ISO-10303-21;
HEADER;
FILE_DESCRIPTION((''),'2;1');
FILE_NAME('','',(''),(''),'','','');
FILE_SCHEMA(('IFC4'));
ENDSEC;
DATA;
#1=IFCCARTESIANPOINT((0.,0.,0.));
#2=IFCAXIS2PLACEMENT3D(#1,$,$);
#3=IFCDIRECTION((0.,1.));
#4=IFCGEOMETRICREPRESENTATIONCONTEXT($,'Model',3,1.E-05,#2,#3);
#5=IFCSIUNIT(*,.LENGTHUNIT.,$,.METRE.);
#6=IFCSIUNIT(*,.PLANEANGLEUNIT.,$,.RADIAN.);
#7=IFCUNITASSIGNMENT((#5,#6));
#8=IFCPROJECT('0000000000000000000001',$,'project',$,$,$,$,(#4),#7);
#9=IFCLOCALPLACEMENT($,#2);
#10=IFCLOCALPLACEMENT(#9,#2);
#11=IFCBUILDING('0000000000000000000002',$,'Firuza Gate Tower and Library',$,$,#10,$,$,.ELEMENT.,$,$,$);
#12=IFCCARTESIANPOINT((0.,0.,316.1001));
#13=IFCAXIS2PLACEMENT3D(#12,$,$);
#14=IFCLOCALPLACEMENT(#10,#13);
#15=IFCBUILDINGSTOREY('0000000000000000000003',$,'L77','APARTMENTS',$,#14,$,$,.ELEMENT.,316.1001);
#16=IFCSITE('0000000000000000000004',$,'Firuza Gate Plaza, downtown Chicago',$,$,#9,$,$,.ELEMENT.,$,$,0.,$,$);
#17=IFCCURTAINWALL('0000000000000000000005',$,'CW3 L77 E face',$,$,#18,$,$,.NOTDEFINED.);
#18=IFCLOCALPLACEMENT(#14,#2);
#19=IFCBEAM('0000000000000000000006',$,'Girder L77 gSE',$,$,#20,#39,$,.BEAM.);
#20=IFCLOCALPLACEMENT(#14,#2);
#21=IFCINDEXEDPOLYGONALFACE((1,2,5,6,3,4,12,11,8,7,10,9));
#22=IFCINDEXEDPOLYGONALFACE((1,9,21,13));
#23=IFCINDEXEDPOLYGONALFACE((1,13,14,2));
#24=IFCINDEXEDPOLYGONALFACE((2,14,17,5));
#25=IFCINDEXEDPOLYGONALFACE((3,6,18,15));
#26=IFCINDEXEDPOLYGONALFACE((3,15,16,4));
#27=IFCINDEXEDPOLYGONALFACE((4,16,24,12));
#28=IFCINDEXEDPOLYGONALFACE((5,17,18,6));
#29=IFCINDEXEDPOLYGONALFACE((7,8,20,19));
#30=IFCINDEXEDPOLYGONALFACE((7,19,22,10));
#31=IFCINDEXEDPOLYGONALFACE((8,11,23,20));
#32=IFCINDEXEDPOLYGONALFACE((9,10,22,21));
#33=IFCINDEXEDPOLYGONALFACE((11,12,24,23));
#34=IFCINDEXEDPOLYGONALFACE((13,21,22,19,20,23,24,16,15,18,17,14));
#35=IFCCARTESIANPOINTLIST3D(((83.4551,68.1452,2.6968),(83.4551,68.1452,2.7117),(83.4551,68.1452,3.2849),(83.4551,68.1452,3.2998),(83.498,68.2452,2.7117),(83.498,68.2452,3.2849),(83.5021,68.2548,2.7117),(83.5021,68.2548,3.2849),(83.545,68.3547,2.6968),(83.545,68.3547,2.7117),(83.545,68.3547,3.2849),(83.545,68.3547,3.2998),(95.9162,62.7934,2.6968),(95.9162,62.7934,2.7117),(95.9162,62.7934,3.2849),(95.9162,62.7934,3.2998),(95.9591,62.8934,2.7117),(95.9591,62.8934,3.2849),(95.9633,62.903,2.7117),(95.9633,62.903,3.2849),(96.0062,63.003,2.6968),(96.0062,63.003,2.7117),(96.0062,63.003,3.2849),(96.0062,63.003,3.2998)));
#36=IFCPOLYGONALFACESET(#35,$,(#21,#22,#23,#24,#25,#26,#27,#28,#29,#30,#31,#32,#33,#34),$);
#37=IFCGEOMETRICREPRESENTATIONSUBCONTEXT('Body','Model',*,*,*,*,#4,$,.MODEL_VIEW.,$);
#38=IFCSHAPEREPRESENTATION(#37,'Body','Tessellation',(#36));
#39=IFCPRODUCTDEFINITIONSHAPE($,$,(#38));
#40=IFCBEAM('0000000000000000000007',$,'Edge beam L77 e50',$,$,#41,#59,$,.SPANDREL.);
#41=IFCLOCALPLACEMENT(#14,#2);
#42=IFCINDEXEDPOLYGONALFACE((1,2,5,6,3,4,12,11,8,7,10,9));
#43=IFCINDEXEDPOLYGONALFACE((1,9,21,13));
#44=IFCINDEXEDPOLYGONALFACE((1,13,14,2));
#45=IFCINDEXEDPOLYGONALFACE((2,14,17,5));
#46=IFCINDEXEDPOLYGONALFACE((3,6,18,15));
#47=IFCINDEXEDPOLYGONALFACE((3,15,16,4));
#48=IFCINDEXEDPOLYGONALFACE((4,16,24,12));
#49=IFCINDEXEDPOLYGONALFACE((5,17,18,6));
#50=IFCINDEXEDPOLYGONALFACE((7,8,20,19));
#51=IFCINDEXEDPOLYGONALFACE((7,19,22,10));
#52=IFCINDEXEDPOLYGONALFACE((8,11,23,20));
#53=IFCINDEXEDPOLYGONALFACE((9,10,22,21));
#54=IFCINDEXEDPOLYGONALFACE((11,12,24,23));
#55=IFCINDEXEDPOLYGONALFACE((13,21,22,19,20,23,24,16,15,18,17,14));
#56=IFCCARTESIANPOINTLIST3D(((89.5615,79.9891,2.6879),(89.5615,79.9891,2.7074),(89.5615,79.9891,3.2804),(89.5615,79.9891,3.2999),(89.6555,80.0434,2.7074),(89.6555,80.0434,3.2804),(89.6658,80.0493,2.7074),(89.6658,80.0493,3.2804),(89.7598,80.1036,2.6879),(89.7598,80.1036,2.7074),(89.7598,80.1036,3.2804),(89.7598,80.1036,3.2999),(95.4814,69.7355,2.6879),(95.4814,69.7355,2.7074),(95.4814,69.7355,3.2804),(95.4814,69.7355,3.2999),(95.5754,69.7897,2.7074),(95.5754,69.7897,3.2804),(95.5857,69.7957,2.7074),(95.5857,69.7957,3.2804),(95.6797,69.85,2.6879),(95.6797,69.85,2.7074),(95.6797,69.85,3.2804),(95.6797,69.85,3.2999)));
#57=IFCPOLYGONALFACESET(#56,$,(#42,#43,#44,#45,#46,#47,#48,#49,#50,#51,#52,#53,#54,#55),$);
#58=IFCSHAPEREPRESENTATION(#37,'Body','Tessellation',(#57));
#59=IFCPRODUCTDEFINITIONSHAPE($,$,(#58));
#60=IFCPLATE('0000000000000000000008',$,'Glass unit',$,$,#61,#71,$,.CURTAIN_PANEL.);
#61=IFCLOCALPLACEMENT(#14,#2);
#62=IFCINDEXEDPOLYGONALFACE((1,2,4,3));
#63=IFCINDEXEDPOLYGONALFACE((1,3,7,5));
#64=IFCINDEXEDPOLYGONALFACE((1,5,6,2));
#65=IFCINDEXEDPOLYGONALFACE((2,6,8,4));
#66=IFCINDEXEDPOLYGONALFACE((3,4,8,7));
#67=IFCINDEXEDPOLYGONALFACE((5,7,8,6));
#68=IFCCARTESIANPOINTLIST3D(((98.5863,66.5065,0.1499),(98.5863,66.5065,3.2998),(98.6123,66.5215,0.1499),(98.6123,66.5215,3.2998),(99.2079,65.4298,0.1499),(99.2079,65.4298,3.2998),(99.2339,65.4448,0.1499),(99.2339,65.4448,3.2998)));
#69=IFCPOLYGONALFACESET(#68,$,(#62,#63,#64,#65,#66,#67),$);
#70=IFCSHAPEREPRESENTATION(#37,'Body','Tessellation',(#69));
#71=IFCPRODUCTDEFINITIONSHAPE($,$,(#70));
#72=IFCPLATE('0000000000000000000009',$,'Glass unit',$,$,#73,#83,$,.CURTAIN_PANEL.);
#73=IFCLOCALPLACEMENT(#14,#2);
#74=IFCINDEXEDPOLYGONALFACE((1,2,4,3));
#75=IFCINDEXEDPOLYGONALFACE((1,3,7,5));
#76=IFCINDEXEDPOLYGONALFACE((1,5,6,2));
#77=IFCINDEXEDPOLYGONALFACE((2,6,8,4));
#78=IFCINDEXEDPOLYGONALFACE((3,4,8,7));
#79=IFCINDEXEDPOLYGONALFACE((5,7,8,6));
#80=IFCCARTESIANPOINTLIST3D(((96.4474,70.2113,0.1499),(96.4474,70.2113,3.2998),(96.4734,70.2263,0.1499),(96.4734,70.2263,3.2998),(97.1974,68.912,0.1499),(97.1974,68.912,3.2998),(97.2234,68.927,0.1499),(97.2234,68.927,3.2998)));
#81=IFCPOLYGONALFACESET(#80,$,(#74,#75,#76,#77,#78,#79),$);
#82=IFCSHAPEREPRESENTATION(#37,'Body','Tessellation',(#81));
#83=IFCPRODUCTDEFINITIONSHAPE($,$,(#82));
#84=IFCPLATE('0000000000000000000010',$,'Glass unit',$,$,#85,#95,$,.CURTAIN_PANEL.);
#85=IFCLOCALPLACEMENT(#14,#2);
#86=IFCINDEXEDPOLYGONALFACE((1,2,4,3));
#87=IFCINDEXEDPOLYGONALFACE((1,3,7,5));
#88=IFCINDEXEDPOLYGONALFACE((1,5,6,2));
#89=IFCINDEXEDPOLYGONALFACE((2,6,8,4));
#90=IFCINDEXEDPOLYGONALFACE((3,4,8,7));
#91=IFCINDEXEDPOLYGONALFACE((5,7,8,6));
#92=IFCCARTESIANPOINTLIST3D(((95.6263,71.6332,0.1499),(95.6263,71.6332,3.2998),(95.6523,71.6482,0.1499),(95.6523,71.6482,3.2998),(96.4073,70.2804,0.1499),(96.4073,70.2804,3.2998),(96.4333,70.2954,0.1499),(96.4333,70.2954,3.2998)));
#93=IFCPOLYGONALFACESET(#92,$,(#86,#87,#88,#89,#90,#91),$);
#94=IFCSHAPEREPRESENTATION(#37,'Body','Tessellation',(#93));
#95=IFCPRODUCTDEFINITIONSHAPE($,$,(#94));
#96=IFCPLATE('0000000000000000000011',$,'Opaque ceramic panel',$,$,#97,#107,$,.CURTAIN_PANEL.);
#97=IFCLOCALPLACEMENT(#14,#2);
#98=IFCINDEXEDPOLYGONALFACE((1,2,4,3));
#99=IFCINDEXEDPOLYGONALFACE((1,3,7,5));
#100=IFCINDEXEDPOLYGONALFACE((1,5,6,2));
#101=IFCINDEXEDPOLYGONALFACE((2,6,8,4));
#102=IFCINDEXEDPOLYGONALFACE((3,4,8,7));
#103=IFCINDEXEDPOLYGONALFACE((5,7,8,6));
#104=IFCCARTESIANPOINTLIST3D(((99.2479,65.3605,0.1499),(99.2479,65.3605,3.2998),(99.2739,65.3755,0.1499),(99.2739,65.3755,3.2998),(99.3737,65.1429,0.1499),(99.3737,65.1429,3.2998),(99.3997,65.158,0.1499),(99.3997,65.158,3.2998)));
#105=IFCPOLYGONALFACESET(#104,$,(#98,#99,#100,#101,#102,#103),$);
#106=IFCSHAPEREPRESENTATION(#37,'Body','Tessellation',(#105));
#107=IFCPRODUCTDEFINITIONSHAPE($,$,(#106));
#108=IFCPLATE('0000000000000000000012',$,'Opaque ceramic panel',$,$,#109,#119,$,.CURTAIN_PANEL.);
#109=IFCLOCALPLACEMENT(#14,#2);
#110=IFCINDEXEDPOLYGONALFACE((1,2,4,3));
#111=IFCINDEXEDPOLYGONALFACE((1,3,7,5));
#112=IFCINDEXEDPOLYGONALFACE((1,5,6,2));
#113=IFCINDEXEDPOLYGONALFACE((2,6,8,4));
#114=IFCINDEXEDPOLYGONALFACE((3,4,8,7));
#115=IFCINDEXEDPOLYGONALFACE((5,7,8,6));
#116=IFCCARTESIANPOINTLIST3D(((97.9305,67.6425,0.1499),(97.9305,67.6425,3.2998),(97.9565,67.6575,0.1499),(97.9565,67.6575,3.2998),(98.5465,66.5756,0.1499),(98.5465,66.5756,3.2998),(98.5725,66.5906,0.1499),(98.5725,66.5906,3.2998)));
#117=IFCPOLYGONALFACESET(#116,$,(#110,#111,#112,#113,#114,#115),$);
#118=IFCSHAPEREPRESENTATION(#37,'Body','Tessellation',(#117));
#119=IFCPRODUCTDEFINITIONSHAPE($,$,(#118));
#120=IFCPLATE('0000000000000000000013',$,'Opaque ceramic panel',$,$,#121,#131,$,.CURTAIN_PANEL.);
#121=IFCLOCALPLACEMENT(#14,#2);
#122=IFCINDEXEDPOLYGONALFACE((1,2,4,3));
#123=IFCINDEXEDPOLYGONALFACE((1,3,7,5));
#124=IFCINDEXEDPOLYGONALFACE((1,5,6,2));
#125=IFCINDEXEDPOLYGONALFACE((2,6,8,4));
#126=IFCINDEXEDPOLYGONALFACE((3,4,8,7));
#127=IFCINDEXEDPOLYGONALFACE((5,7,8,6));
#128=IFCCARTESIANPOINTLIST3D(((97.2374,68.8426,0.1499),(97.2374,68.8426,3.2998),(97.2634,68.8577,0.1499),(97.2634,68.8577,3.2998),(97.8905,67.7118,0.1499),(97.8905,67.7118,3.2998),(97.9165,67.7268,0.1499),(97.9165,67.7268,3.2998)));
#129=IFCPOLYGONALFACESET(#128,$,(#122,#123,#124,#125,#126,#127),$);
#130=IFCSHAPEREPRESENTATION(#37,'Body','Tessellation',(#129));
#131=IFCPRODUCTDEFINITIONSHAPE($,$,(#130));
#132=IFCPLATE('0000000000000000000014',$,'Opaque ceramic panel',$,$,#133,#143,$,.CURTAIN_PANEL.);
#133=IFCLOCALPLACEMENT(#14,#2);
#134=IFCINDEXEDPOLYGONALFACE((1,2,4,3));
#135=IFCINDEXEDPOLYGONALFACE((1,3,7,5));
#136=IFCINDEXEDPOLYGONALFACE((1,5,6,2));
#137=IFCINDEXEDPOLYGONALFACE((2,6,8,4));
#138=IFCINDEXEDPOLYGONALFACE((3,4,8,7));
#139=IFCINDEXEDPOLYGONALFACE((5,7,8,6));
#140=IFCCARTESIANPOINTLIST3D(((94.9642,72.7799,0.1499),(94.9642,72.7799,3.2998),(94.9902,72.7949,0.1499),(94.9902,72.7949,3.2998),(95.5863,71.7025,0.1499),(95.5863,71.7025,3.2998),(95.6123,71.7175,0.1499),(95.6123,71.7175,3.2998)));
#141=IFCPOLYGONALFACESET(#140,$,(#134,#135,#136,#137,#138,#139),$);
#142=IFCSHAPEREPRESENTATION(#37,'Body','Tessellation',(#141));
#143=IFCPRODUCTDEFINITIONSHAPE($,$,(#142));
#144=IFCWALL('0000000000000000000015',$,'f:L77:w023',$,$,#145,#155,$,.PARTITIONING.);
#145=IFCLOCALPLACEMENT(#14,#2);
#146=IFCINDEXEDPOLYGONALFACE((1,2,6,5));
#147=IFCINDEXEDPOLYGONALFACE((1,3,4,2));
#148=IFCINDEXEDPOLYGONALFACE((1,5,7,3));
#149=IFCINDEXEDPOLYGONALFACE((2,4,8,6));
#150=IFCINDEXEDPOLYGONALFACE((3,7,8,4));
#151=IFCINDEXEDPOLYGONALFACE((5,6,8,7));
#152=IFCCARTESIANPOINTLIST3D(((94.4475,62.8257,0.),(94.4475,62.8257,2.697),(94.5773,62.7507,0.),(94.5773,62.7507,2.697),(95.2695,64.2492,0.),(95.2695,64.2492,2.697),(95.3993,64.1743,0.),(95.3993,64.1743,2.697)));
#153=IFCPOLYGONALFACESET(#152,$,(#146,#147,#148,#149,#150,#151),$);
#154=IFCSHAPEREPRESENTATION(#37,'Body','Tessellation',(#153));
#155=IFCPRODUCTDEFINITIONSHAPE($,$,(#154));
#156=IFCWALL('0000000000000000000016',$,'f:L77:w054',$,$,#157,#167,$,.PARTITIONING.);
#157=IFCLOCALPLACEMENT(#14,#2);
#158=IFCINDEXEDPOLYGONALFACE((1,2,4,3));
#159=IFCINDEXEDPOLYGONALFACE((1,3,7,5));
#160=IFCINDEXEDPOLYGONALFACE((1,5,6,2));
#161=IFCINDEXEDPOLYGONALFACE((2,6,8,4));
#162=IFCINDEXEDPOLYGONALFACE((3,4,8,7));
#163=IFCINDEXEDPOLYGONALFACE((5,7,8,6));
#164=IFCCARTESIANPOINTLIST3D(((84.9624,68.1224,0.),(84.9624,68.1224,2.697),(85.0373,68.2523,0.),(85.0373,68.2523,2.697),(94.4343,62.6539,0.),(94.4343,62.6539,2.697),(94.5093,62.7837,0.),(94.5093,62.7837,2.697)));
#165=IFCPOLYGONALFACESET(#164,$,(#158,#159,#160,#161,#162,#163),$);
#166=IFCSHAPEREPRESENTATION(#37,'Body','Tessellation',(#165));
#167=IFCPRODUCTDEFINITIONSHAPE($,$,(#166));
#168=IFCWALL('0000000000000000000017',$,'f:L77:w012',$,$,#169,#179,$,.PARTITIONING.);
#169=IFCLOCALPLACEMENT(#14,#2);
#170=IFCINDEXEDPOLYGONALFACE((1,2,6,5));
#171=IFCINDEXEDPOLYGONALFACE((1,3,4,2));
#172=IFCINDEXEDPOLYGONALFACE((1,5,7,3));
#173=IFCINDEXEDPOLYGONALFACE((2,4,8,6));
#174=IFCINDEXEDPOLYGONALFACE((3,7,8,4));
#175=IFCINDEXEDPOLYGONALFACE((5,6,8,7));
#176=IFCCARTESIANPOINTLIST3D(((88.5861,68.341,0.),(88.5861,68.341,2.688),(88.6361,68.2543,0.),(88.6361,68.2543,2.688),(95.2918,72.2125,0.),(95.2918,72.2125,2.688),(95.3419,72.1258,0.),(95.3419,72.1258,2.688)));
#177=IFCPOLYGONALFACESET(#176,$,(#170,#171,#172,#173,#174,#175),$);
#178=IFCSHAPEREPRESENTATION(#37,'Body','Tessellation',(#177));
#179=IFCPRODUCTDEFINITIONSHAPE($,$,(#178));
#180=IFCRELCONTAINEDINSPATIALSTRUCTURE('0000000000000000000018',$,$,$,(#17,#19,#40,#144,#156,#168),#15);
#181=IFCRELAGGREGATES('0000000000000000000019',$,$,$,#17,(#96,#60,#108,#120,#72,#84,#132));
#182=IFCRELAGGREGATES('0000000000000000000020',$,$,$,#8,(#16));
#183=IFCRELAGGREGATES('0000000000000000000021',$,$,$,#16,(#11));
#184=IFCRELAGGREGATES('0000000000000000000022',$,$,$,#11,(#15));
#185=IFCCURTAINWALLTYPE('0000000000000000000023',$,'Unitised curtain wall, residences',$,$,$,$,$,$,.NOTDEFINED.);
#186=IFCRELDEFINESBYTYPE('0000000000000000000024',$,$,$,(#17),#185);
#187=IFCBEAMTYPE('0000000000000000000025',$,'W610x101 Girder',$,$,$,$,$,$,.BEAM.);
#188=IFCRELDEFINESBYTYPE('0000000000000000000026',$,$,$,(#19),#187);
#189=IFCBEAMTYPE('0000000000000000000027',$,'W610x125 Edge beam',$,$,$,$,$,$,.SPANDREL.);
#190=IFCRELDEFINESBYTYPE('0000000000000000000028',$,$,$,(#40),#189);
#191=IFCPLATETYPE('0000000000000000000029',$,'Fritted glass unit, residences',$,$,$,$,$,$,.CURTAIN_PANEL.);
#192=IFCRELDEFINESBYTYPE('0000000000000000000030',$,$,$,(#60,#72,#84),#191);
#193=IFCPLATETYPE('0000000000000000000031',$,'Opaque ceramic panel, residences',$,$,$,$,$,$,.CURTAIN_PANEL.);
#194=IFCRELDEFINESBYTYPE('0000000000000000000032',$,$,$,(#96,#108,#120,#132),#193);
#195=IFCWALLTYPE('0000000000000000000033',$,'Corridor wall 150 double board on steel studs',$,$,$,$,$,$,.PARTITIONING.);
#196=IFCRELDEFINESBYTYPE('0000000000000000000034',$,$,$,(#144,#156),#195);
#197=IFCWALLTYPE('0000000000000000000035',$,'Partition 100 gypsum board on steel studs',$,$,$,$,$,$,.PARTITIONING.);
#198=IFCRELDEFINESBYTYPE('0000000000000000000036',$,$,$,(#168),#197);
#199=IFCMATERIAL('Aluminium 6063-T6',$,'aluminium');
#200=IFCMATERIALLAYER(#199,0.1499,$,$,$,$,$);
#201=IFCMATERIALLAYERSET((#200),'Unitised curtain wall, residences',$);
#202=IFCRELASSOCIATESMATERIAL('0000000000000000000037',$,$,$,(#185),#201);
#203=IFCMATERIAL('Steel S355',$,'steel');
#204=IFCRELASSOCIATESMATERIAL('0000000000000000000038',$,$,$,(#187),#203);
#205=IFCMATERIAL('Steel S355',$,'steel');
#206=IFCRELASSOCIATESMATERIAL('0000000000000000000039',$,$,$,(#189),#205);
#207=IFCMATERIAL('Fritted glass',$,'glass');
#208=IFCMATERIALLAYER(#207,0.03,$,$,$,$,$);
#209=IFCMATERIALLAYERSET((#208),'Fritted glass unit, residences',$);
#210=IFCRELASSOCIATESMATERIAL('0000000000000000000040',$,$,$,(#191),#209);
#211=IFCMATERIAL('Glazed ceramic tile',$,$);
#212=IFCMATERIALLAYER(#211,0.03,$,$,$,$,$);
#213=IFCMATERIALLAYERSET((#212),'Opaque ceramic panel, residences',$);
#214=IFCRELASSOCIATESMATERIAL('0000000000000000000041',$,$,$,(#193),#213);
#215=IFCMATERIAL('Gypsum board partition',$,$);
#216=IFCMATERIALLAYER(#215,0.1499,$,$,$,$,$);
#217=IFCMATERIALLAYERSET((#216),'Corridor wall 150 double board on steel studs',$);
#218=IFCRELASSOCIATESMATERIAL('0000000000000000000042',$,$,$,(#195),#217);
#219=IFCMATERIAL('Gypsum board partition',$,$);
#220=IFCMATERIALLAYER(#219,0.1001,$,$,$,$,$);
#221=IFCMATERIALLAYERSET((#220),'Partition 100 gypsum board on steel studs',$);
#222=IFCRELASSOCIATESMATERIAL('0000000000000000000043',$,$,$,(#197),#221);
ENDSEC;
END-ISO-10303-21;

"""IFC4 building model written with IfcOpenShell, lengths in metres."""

from ifc_helpers import new_model, si_unit, direction, frame, frame_2d, origin, origin_2d, place, context, subcontext, project, spatial, polyline, rectangle, i_section, outline, extrude, material, layer, layer_set, material_profile, profile_set, type_object, element, aggregate, save


model = new_model("IFC4")

# Units and contexts
model_context = context("Model", 3, precision=1e-05, world=origin(), true_north=direction((0.0, 1.0)))
body_context = subcontext(model_context, "Body", "Model", "MODEL_VIEW")
ifc_project = project(units=[si_unit("LENGTHUNIT", "METRE"), si_unit("PLANEANGLEUNIT", "RADIAN")], contexts=[model_context])

# Site, building, storey
site_placement = place(None, origin())
site = spatial("IfcSite", under=ifc_project, at=site_placement, Name="Firuza Gate Plaza, downtown Chicago", CompositionType="ELEMENT", RefElevation=0.0)
building_placement = place(site_placement, origin())
building = spatial("IfcBuilding", under=site, at=building_placement, Name="Firuza Gate Tower and Library", CompositionType="ELEMENT")
storey_placement = place(building_placement, frame((0.0, 0.0, 316.1001)))
storey = spatial("IfcBuildingStorey", under=building, at=storey_placement, Name="L77", Description="APARTMENTS", CompositionType="ELEMENT", Elevation=316.1001)

# Curtain wall
ifc_material_1 = material(Name="Aluminium 6063-T6", Category="aluminium")
ifc_layer_1 = layer(ifc_material_1, 0.1499)
ifc_layer_set_1 = layer_set([ifc_layer_1], Name="Unitised curtain wall, residences")
curtain_wall_type = type_object("IfcCurtainWallType", Name="Unitised curtain wall, residences", PredefinedType="NOTDEFINED", material=ifc_layer_set_1)
curtain_wall_placement = place(storey_placement, origin())
curtain_wall = element("IfcCurtainWall", 1, at=curtain_wall_placement, inside=storey, type_object=curtain_wall_type, Name="CW3 L77 E face", PredefinedType="NOTDEFINED")

# Beams
ifc_material_2 = material(Name="Steel S355", Category="steel")
ifc_material_profile_1 = material_profile(ifc_material_2, i_section(OverallWidth=0.228, OverallDepth=0.603, WebThickness=0.0105, FlangeThickness=0.0149, at=origin_2d()))
ifc_profile_set_1 = profile_set([ifc_material_profile_1], Name="Steel S355")
beam_type_1 = type_object("IfcBeamType", Name="W610x101 Girder", PredefinedType="BEAM", material=ifc_profile_set_1)
beam_1_placement = place(storey_placement, frame((95.9612, 62.8982, 2.9983), z_axis=(-0.918843, 0.394623, 0.0), x_axis=(-0.394623, -0.918843, 0.0)))
element("IfcBeam", 2, at=beam_1_placement, inside=storey, type_object=beam_type_1, Name="Girder L77 gSE", PredefinedType="BEAM", context=body_context, shape_type="SweptSolid", body=[
    extrude(i_section(OverallWidth=0.228, OverallDepth=0.603, WebThickness=0.0105, FlangeThickness=0.0149, at=origin_2d()), origin(), (0.0, 0.0, 1.0), 13.5618),
])
ifc_material_3 = material(Name="Steel S355", Category="steel")
ifc_material_profile_2 = material_profile(ifc_material_3, i_section(OverallWidth=0.229, OverallDepth=0.6121, WebThickness=0.012, FlangeThickness=0.0195, at=origin_2d()))
ifc_profile_set_2 = profile_set([ifc_material_profile_2], Name="Steel S355")
beam_type_2 = type_object("IfcBeamType", Name="W610x125 Edge beam", PredefinedType="SPANDREL", material=ifc_profile_set_2)
beam_2_placement = place(storey_placement, frame((95.5806, 69.7927, 2.9939), z_axis=(-0.499998, 0.866027, 0.0), x_axis=(-0.866027, -0.499998, 0.0)))
element("IfcBeam", 3, at=beam_2_placement, inside=storey, type_object=beam_type_2, Name="Edge beam L77 e50", PredefinedType="SPANDREL", context=body_context, shape_type="SweptSolid", body=[
    extrude(i_section(OverallWidth=0.229, OverallDepth=0.6121, WebThickness=0.012, FlangeThickness=0.0195, at=origin_2d()), origin(), (0.0, 0.0, 1.0), 11.8398),
])

# Plates
ifc_material_4 = material(Name="Fritted glass", Category="glass")
ifc_layer_2 = layer(ifc_material_4, 0.03)
ifc_layer_set_2 = layer_set([ifc_layer_2], Name="Fritted glass unit, residences")
plate_type_1 = type_object("IfcPlateType", Name="Fritted glass unit, residences", PredefinedType="CURTAIN_PANEL", material=ifc_layer_set_2)
plate_1_placement = place(storey_placement, frame((99.2339, 65.4448, 0.1499), z_axis=(0.866035, 0.499983, 0.0), x_axis=(-0.499983, 0.866035, 0.0)))
plate_1 = element("IfcPlate", 4, at=plate_1_placement, type_object=plate_type_1, Name="Glass unit", PredefinedType="CURTAIN_PANEL", context=body_context, shape_type="SweptSolid", body=[
    extrude(outline(polyline([(0.0, 0.0), (1.2432, 0.0), (1.2432, 3.1499), (0.0, 3.1499), (0.0, 0.0)])), origin(), (0.0, 0.0, -1.0), 0.03),
])
plate_2_placement = place(storey_placement, frame((97.2234, 68.927, 0.1499), z_axis=(0.866072, 0.49992, 0.0), x_axis=(-0.49992, 0.866072, 0.0)))
plate_2 = element("IfcPlate", 5, at=plate_2_placement, type_object=plate_type_1, Name="Glass unit", PredefinedType="CURTAIN_PANEL", context=body_context, shape_type="SweptSolid", body=[
    extrude(outline(polyline([(0.0, 0.0), (1.5002, 0.0), (1.5002, 3.1499), (0.0, 3.1499), (0.0, 0.0)])), origin(), (0.0, 0.0, -1.0), 0.03),
])
plate_3_placement = place(storey_placement, frame((96.4333, 70.2954, 0.1499), z_axis=(0.866032, 0.499989, 0.0), x_axis=(-0.499989, 0.866032, 0.0)))
plate_3 = element("IfcPlate", 6, at=plate_3_placement, type_object=plate_type_1, Name="Glass unit", PredefinedType="CURTAIN_PANEL", context=body_context, shape_type="SweptSolid", body=[
    extrude(outline(polyline([(0.0, 0.0), (1.562, 0.0), (1.562, 3.1499), (0.0, 3.1499), (0.0, 0.0)])), origin(), (0.0, 0.0, -1.0), 0.03),
])
ifc_material_5 = material(Name="Glazed ceramic tile")
ifc_layer_3 = layer(ifc_material_5, 0.03)
ifc_layer_set_3 = layer_set([ifc_layer_3], Name="Opaque ceramic panel, residences")
plate_type_2 = type_object("IfcPlateType", Name="Opaque ceramic panel, residences", PredefinedType="CURTAIN_PANEL", material=ifc_layer_set_3)
plate_4_placement = place(storey_placement, frame((99.3997, 65.158, 0.1499), z_axis=(0.865781, 0.500423, 0.0), x_axis=(-0.500423, 0.865781, 0.0)))
plate_4 = element("IfcPlate", 7, at=plate_4_placement, type_object=plate_type_2, Name="Opaque ceramic panel", PredefinedType="CURTAIN_PANEL", context=body_context, shape_type="SweptSolid", body=[
    extrude(outline(polyline([(0.0, 0.0), (0.2513, 0.0), (0.2513, 3.1499), (0.0, 3.1499), (0.0, 0.0)])), origin(), (0.0, 0.0, -1.0), 0.03),
])
plate_5_placement = place(storey_placement, frame((98.5725, 66.5906, 0.1499), z_axis=(0.866027, 0.499997, 0.0), x_axis=(-0.499997, 0.866027, 0.0)))
plate_5 = element("IfcPlate", 8, at=plate_5_placement, type_object=plate_type_2, Name="Opaque ceramic panel", PredefinedType="CURTAIN_PANEL", context=body_context, shape_type="SweptSolid", body=[
    extrude(outline(polyline([(0.0, 0.0), (1.2319, 0.0), (1.2319, 3.1499), (0.0, 3.1499), (0.0, 0.0)])), origin(), (0.0, 0.0, -1.0), 0.03),
])
plate_6_placement = place(storey_placement, frame((97.9165, 67.7268, 0.1499), z_axis=(0.865968, 0.5001, 0.0), x_axis=(-0.5001, 0.865968, 0.0)))
plate_6 = element("IfcPlate", 9, at=plate_6_placement, type_object=plate_type_2, Name="Opaque ceramic panel", PredefinedType="CURTAIN_PANEL", context=body_context, shape_type="SweptSolid", body=[
    extrude(outline(polyline([(0.0, 0.0), (1.3059, 0.0), (1.3059, 3.1499), (0.0, 3.1499), (0.0, 0.0)])), origin(), (0.0, 0.0, -1.0), 0.03),
])
plate_7_placement = place(storey_placement, frame((95.6123, 71.7175, 0.1499), z_axis=(0.866012, 0.500023, 0.0), x_axis=(-0.500023, 0.866012, 0.0)))
plate_7 = element("IfcPlate", 10, at=plate_7_placement, type_object=plate_type_2, Name="Opaque ceramic panel", PredefinedType="CURTAIN_PANEL", context=body_context, shape_type="SweptSolid", body=[
    extrude(outline(polyline([(0.0, 0.0), (1.2441, 0.0), (1.2441, 3.1499), (0.0, 3.1499), (0.0, 0.0)])), origin(), (0.0, 0.0, -1.0), 0.03),
])
aggregate(curtain_wall, [plate_4, plate_1, plate_5, plate_6, plate_2, plate_3, plate_7])

# Walls
ifc_material_6 = material(Name="Gypsum board partition")
ifc_layer_4 = layer(ifc_material_6, 0.1499)
ifc_layer_set_4 = layer_set([ifc_layer_4], Name="Corridor wall 150 double board on steel studs")
wall_type_1 = type_object("IfcWallType", Name="Corridor wall 150 double board on steel studs", PredefinedType="PARTITIONING", material=ifc_layer_set_4)
wall_1_placement = place(storey_placement, frame((94.5125, 62.7883, 0.0), z_axis=(0.0, 0.0, 1.0), x_axis=(0.500052, 0.865995, 0.0)))
element("IfcWall", 11, at=wall_1_placement, inside=storey, type_object=wall_type_1, Name="f:L77:w023", PredefinedType="PARTITIONING", context=body_context, shape_type="SweptSolid", body=[
    extrude(rectangle(XDim=1.6438, YDim=0.1499, at=frame_2d((0.8218, 0.0))), origin(), (0.0, 0.0, 1.0), 2.697),
])
wall_2_placement = place(storey_placement, frame((94.4719, 62.7188, 0.0), z_axis=(0.0, 0.0, 1.0), x_axis=(-0.86603, 0.499992, 0.0)))
element("IfcWall", 12, at=wall_2_placement, inside=storey, type_object=wall_type_1, Name="f:L77:w054", PredefinedType="PARTITIONING", context=body_context, shape_type="SweptSolid", body=[
    extrude(rectangle(XDim=10.9373, YDim=0.1499, at=frame_2d((5.4688, 0.0))), origin(), (0.0, 0.0, 1.0), 2.697),
])
ifc_material_7 = material(Name="Gypsum board partition")
ifc_layer_5 = layer(ifc_material_7, 0.1001)
ifc_layer_set_5 = layer_set([ifc_layer_5], Name="Partition 100 gypsum board on steel studs")
wall_type_2 = type_object("IfcWallType", Name="Partition 100 gypsum board on steel studs", PredefinedType="PARTITIONING", material=ifc_layer_set_5)
wall_3_placement = place(storey_placement, frame((88.6111, 68.2976, 0.0), z_axis=(0.0, 0.0, 1.0), x_axis=(0.866026, 0.499998, 0.0)))
element("IfcWall", 13, at=wall_3_placement, inside=storey, type_object=wall_type_2, Name="f:L77:w012", PredefinedType="PARTITIONING", context=body_context, shape_type="SweptSolid", body=[
    extrude(rectangle(XDim=7.7432, YDim=0.1001, at=frame_2d((3.8716, 0.0))), origin(), (0.0, 0.0, 1.0), 2.688),
])

save(model, "model.ifc")
